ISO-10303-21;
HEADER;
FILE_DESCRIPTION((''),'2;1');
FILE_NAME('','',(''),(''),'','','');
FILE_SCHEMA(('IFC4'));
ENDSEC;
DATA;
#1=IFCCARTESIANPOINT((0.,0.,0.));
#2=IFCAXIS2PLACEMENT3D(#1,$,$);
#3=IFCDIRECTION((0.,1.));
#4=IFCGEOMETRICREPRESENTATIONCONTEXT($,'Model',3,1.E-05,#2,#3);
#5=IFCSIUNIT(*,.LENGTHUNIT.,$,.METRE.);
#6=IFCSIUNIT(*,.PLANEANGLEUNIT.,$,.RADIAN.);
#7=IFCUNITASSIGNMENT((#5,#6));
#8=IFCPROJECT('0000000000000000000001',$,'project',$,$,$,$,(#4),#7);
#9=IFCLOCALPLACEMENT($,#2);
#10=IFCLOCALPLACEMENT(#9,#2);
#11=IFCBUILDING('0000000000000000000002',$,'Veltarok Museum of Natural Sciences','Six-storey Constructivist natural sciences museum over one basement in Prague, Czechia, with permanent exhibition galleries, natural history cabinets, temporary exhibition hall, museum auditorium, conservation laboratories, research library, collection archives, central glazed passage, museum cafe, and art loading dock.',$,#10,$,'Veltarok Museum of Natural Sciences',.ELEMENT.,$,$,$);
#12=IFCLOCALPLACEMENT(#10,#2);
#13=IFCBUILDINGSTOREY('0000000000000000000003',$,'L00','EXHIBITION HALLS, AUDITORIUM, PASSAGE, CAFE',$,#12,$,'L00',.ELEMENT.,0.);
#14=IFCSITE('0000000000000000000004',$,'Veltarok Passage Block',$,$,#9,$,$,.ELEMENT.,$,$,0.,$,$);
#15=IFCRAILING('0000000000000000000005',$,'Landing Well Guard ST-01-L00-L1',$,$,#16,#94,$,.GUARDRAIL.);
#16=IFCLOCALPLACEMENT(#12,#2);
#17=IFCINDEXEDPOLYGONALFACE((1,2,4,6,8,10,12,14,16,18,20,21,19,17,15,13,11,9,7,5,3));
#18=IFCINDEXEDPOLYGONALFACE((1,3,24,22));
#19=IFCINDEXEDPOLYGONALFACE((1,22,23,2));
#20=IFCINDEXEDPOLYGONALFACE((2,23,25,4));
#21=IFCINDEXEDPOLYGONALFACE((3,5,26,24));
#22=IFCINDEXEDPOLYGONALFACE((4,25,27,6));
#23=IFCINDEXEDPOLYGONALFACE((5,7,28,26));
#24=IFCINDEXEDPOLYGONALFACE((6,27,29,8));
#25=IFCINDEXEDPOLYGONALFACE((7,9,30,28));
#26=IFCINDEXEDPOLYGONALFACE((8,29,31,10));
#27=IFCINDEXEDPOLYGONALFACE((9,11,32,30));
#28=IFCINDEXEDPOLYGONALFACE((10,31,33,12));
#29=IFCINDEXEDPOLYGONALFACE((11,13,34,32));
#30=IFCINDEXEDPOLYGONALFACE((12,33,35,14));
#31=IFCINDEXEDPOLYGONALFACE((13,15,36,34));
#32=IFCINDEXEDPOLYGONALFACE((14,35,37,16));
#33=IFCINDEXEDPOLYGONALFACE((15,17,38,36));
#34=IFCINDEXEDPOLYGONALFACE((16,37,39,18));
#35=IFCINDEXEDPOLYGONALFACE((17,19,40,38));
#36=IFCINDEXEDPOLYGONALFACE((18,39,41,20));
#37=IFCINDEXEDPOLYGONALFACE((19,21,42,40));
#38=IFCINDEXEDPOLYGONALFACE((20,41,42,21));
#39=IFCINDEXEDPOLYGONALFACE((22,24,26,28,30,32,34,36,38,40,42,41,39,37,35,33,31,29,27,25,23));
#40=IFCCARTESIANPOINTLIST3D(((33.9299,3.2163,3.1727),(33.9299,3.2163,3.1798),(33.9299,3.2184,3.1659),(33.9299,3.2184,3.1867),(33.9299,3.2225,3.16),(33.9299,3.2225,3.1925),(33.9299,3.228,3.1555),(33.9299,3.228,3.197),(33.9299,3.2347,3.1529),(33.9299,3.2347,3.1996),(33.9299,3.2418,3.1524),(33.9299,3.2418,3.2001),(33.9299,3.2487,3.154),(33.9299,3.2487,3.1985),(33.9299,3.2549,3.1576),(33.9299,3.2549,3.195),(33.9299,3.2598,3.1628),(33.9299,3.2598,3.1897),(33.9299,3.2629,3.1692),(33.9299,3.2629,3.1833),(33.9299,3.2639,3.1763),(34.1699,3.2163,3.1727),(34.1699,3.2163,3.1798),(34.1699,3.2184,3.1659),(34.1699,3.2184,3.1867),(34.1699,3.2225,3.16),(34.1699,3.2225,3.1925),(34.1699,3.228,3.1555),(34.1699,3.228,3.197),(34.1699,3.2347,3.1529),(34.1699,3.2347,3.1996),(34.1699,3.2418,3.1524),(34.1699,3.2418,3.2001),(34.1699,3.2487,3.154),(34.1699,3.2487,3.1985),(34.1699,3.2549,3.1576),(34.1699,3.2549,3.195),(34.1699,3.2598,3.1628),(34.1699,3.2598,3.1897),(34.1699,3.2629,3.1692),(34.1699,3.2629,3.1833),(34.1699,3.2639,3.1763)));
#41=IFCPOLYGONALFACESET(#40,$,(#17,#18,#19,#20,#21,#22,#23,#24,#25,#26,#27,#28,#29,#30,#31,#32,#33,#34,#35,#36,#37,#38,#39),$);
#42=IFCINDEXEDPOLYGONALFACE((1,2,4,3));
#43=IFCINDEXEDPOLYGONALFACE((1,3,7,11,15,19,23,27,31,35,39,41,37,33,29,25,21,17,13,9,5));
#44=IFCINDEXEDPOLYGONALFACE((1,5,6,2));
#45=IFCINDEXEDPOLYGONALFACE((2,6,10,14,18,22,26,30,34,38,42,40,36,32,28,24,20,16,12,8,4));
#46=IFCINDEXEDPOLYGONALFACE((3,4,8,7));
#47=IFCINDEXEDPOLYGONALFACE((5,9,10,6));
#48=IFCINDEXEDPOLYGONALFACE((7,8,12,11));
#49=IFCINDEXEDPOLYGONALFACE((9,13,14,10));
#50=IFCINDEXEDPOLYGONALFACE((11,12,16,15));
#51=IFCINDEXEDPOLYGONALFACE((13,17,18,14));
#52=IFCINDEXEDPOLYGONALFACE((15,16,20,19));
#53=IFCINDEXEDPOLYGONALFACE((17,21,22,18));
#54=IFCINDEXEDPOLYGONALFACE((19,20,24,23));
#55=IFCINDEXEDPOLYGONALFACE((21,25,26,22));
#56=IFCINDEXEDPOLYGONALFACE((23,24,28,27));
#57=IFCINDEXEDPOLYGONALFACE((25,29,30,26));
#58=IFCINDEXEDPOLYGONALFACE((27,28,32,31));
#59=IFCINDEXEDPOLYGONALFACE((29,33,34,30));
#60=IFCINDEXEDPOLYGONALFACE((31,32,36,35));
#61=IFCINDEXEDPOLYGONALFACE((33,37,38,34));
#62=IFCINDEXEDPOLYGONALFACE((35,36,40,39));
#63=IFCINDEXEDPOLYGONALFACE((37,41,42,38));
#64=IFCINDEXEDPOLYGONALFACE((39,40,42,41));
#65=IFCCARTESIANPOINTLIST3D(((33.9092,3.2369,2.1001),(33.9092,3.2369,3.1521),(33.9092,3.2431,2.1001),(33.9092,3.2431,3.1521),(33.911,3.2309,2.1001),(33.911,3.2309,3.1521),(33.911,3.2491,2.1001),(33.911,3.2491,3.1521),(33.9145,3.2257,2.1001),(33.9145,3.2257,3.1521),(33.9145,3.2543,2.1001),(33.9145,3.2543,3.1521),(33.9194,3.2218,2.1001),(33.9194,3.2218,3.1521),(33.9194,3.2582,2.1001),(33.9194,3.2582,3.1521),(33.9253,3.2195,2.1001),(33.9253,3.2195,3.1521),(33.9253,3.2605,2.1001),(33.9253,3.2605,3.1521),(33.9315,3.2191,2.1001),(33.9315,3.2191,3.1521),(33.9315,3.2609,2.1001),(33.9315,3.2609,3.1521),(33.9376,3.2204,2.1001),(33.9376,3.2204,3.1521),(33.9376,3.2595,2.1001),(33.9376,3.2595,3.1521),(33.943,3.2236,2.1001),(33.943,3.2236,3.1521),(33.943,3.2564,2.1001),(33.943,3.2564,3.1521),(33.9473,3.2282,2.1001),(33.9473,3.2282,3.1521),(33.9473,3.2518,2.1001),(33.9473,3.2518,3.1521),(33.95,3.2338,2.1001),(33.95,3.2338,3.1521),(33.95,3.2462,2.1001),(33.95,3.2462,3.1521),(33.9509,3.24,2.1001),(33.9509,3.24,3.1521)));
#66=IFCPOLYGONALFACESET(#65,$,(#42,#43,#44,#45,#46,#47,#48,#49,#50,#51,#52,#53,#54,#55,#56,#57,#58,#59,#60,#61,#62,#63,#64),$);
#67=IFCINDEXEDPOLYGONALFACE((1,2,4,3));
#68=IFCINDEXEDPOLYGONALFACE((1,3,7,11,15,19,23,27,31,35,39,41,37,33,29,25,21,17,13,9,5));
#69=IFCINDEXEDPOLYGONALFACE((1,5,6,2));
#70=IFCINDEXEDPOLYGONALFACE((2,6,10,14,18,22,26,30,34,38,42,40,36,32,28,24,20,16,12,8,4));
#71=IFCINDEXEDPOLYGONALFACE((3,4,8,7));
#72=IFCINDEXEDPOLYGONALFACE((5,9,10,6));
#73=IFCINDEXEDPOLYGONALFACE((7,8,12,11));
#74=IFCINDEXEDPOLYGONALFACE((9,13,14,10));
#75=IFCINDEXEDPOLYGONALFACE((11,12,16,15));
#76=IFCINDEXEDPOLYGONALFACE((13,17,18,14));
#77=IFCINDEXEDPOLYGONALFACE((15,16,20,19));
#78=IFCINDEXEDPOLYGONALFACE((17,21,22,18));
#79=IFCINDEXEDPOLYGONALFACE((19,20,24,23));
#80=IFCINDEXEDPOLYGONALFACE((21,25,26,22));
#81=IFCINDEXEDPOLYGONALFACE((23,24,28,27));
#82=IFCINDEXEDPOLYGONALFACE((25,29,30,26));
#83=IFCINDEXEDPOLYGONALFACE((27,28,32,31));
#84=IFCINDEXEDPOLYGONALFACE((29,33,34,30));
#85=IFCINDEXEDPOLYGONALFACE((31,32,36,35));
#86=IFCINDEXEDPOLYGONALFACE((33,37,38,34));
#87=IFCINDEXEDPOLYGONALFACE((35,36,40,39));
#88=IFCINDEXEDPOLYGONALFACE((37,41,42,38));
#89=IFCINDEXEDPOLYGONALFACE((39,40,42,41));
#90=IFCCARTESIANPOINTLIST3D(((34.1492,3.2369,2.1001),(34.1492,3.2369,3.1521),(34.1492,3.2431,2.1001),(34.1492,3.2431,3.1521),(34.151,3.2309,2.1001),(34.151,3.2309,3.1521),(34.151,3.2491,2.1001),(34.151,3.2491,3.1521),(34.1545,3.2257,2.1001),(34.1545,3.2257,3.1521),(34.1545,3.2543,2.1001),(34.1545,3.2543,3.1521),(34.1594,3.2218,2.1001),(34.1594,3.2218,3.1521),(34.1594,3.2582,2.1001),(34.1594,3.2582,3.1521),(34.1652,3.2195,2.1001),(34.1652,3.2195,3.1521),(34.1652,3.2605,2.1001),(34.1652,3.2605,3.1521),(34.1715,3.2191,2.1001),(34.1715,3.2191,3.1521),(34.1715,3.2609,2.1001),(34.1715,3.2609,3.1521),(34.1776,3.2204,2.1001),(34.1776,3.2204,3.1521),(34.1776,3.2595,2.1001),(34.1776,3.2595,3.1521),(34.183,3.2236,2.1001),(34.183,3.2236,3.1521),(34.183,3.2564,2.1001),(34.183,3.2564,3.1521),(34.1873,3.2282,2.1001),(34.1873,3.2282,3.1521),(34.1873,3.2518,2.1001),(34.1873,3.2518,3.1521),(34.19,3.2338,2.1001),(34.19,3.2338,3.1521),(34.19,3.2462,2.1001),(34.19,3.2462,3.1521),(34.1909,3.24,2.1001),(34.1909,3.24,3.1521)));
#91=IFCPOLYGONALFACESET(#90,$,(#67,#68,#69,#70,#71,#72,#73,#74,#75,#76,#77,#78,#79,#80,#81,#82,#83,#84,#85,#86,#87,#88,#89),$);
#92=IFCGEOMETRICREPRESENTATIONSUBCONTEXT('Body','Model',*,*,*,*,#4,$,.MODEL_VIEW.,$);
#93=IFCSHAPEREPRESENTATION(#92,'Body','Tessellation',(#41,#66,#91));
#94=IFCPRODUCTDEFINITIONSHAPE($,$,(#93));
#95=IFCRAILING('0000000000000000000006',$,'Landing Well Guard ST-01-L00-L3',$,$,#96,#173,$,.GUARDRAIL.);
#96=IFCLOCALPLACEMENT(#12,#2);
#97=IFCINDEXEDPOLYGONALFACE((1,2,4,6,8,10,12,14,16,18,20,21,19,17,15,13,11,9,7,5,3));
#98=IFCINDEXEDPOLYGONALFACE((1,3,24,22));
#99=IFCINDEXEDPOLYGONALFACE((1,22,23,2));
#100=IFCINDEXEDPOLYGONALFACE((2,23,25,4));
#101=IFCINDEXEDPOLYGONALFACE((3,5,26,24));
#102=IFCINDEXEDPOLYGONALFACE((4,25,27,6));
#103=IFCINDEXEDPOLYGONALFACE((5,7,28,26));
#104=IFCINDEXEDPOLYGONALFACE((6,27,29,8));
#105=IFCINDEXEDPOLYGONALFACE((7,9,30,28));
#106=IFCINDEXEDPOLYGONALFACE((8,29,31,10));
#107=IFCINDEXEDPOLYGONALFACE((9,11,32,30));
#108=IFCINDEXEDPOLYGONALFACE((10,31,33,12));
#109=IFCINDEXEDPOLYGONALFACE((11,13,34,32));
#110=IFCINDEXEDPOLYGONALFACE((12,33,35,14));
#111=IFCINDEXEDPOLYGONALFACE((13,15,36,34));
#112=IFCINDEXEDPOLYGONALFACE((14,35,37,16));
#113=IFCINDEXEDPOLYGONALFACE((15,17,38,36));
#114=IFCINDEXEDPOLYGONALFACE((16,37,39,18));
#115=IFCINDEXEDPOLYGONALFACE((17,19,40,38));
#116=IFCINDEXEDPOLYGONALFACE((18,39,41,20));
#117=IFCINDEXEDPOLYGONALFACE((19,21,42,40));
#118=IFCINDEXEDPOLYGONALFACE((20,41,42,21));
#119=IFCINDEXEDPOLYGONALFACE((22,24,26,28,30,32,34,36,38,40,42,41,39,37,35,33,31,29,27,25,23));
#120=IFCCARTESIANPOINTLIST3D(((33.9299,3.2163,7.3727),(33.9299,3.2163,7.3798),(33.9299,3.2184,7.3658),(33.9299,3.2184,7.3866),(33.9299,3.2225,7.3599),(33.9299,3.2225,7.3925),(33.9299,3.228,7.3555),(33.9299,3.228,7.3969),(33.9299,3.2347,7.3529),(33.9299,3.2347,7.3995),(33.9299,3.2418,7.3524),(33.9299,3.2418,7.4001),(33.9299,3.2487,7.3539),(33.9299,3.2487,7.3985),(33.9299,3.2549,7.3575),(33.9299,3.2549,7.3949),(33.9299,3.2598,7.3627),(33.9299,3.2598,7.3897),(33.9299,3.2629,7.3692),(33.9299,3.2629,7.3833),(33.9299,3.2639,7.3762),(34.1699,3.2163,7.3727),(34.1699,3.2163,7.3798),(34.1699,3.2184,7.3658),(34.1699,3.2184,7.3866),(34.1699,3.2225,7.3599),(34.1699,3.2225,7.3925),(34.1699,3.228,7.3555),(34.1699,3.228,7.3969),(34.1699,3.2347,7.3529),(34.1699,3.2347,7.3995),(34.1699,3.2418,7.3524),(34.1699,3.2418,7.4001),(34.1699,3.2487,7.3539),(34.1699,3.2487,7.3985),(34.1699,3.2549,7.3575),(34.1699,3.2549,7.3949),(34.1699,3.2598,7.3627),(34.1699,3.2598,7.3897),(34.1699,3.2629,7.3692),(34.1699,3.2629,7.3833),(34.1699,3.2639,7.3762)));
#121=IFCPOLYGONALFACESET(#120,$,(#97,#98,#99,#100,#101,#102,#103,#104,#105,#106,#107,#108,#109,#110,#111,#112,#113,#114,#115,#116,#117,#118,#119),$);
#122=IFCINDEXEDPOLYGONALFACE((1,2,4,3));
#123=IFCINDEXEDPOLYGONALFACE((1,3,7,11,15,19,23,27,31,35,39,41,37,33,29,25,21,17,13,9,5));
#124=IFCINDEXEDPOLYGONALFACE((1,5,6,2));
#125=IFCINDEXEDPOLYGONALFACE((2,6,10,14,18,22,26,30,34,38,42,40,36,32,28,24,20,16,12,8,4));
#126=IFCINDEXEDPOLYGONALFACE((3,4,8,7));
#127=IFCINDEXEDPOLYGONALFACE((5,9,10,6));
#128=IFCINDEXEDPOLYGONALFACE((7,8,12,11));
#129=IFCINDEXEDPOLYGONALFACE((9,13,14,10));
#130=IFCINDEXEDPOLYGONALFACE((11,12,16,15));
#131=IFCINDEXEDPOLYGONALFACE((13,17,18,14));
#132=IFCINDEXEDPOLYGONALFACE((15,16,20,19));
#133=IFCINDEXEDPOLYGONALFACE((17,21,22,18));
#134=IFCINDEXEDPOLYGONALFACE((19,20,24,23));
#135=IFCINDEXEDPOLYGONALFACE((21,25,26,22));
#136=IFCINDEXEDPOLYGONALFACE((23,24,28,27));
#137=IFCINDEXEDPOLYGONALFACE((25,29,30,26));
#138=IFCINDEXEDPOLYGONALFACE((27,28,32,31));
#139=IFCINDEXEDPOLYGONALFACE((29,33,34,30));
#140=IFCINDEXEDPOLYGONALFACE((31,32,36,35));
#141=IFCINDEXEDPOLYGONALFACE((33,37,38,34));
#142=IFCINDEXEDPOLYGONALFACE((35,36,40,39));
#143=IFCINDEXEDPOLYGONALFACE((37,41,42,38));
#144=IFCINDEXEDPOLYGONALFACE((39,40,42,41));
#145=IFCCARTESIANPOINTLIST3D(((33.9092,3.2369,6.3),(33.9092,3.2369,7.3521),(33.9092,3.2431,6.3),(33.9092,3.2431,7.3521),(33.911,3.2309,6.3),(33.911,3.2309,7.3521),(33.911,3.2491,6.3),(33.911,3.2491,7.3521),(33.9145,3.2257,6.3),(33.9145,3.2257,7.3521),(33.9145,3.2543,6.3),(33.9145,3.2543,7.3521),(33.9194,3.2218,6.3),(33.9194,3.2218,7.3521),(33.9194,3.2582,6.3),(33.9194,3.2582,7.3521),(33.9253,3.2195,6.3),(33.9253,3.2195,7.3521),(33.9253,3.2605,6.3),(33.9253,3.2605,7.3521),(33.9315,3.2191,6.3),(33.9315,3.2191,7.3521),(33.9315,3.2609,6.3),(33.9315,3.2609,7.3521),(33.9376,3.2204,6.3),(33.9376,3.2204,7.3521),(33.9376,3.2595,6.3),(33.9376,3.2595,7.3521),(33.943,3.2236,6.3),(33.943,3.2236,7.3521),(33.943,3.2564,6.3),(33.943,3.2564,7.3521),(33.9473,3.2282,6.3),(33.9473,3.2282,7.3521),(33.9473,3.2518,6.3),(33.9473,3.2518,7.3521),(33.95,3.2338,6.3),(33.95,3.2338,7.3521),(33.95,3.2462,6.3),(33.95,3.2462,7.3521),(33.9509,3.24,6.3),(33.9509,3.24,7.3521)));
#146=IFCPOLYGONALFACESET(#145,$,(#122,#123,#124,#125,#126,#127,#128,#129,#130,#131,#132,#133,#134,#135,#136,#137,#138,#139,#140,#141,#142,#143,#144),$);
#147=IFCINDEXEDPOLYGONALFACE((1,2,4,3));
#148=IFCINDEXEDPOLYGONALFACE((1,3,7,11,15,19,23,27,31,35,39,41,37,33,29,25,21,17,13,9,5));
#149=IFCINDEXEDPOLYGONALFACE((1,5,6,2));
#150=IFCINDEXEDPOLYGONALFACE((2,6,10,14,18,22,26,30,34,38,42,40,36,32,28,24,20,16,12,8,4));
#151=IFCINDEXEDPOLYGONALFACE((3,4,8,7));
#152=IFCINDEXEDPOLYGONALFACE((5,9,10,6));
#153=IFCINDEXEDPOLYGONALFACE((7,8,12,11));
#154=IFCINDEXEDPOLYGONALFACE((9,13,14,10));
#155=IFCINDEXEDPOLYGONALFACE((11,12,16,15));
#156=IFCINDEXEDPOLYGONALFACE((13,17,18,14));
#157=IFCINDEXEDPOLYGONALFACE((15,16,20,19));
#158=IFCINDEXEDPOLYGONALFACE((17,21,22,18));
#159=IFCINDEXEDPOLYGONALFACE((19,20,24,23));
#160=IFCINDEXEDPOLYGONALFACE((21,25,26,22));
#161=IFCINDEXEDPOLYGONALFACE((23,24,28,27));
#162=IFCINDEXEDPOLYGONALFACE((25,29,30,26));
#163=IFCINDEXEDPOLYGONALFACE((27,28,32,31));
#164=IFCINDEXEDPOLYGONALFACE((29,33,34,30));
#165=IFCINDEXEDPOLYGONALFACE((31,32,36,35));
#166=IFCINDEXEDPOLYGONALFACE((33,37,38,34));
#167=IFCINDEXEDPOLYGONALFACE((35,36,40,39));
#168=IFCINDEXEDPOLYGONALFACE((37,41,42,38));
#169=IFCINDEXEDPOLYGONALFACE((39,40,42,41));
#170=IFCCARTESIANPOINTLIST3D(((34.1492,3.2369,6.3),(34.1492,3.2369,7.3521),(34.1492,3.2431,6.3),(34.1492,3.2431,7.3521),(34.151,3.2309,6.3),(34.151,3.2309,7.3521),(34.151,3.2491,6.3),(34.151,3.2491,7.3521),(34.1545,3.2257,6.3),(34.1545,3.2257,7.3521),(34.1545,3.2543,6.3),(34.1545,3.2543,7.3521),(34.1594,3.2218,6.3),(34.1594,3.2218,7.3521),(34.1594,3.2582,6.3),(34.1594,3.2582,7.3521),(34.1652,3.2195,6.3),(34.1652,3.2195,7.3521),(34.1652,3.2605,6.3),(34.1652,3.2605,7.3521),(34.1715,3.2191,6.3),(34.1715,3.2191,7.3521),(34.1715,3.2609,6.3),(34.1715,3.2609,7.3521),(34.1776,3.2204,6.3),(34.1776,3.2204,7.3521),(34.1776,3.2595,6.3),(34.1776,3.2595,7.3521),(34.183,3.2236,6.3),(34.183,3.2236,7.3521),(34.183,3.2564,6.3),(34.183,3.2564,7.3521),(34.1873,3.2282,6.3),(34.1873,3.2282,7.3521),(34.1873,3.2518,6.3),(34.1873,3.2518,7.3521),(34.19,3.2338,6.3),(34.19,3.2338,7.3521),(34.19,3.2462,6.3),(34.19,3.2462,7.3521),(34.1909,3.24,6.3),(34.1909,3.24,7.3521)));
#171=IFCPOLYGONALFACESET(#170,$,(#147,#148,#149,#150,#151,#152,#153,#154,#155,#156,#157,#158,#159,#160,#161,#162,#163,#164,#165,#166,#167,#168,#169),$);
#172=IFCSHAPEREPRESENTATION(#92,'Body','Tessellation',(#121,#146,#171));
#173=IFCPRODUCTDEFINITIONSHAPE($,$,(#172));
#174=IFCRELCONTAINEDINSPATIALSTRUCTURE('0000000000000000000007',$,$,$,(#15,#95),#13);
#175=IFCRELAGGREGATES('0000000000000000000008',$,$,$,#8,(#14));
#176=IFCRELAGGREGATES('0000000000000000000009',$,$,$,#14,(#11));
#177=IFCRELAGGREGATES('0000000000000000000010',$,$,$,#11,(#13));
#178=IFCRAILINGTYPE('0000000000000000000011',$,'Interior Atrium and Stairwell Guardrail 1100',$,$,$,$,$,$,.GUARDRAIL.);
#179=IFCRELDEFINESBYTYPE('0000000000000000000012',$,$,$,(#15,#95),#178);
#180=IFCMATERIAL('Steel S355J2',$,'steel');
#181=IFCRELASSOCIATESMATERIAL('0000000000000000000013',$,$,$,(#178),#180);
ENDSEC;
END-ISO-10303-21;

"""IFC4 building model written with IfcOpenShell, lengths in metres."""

from ifc_helpers import new_model, si_unit, direction, frame, origin, origin_2d, place, context, subcontext, project, spatial, circle, extrude, material, type_object, element, save


model = new_model("IFC4")

# Units and contexts
model_context = context("Model", 3, precision=1e-05, world=origin(), true_north=direction((0.0, 1.0)))
body_context = subcontext(model_context, "Body", "Model", "MODEL_VIEW")
ifc_project = project(units=[si_unit("LENGTHUNIT", "METRE"), si_unit("PLANEANGLEUNIT", "RADIAN")], contexts=[model_context])

# Site, building, storey
site_placement = place(None, origin())
site = spatial("IfcSite", under=ifc_project, at=site_placement, Name="Veltarok Passage Block", CompositionType="ELEMENT", RefElevation=0.0)
building_placement = place(site_placement, origin())
building = spatial("IfcBuilding", under=site, at=building_placement, Name="Veltarok Museum of Natural Sciences", Description="Six-storey Constructivist natural sciences museum over one basement in Prague, Czechia, with permanent exhibition galleries, natural history cabinets, temporary exhibition hall, museum auditorium, conservation laboratories, research library, collection archives, central glazed passage, museum cafe, and art loading dock.", LongName="Veltarok Museum of Natural Sciences", CompositionType="ELEMENT")
storey_placement = place(building_placement, origin())
storey = spatial("IfcBuildingStorey", under=building, at=storey_placement, Name="L00", Description="EXHIBITION HALLS, AUDITORIUM, PASSAGE, CAFE", LongName="L00", CompositionType="ELEMENT", Elevation=0.0)

# Shared definitions
ifc_material_1 = material(Name="Steel S355J2", Category="steel")

# Railings
railing_type_1 = type_object("IfcRailingType", Name="Interior Atrium and Stairwell Guardrail 1100", PredefinedType="GUARDRAIL", material=ifc_material_1)
for number, where, name in (
    (1, (33.9299, 3.24, 2.1001), "Landing Well Guard ST-01-L00-L1"),
    (2, (33.9299, 3.24, 6.3), "Landing Well Guard ST-01-L00-L3"),
):
    element("IfcRailing", number, at=place(storey_placement, frame(where)), inside=storey, type_object=railing_type_1, Name=name, PredefinedType="GUARDRAIL", context=body_context, shape_type="SweptSolid", body=[
        extrude(circle(Radius=0.0239, at=origin_2d()), frame((0.0, 0.0, 1.0762), z_axis=(1.0, 0.0, 0.0), x_axis=(0.0, 1.0, 0.0)), (0.0, 0.0, 1.0), 0.24),
        extrude(circle(Radius=0.021, at=origin_2d()), origin(), (0.0, 0.0, 1.0), 1.052),
        extrude(circle(Radius=0.021, at=origin_2d()), frame((0.24, 0.0, 0.0)), (0.0, 0.0, 1.0), 1.052),
    ])

save(model, "model.ifc")
